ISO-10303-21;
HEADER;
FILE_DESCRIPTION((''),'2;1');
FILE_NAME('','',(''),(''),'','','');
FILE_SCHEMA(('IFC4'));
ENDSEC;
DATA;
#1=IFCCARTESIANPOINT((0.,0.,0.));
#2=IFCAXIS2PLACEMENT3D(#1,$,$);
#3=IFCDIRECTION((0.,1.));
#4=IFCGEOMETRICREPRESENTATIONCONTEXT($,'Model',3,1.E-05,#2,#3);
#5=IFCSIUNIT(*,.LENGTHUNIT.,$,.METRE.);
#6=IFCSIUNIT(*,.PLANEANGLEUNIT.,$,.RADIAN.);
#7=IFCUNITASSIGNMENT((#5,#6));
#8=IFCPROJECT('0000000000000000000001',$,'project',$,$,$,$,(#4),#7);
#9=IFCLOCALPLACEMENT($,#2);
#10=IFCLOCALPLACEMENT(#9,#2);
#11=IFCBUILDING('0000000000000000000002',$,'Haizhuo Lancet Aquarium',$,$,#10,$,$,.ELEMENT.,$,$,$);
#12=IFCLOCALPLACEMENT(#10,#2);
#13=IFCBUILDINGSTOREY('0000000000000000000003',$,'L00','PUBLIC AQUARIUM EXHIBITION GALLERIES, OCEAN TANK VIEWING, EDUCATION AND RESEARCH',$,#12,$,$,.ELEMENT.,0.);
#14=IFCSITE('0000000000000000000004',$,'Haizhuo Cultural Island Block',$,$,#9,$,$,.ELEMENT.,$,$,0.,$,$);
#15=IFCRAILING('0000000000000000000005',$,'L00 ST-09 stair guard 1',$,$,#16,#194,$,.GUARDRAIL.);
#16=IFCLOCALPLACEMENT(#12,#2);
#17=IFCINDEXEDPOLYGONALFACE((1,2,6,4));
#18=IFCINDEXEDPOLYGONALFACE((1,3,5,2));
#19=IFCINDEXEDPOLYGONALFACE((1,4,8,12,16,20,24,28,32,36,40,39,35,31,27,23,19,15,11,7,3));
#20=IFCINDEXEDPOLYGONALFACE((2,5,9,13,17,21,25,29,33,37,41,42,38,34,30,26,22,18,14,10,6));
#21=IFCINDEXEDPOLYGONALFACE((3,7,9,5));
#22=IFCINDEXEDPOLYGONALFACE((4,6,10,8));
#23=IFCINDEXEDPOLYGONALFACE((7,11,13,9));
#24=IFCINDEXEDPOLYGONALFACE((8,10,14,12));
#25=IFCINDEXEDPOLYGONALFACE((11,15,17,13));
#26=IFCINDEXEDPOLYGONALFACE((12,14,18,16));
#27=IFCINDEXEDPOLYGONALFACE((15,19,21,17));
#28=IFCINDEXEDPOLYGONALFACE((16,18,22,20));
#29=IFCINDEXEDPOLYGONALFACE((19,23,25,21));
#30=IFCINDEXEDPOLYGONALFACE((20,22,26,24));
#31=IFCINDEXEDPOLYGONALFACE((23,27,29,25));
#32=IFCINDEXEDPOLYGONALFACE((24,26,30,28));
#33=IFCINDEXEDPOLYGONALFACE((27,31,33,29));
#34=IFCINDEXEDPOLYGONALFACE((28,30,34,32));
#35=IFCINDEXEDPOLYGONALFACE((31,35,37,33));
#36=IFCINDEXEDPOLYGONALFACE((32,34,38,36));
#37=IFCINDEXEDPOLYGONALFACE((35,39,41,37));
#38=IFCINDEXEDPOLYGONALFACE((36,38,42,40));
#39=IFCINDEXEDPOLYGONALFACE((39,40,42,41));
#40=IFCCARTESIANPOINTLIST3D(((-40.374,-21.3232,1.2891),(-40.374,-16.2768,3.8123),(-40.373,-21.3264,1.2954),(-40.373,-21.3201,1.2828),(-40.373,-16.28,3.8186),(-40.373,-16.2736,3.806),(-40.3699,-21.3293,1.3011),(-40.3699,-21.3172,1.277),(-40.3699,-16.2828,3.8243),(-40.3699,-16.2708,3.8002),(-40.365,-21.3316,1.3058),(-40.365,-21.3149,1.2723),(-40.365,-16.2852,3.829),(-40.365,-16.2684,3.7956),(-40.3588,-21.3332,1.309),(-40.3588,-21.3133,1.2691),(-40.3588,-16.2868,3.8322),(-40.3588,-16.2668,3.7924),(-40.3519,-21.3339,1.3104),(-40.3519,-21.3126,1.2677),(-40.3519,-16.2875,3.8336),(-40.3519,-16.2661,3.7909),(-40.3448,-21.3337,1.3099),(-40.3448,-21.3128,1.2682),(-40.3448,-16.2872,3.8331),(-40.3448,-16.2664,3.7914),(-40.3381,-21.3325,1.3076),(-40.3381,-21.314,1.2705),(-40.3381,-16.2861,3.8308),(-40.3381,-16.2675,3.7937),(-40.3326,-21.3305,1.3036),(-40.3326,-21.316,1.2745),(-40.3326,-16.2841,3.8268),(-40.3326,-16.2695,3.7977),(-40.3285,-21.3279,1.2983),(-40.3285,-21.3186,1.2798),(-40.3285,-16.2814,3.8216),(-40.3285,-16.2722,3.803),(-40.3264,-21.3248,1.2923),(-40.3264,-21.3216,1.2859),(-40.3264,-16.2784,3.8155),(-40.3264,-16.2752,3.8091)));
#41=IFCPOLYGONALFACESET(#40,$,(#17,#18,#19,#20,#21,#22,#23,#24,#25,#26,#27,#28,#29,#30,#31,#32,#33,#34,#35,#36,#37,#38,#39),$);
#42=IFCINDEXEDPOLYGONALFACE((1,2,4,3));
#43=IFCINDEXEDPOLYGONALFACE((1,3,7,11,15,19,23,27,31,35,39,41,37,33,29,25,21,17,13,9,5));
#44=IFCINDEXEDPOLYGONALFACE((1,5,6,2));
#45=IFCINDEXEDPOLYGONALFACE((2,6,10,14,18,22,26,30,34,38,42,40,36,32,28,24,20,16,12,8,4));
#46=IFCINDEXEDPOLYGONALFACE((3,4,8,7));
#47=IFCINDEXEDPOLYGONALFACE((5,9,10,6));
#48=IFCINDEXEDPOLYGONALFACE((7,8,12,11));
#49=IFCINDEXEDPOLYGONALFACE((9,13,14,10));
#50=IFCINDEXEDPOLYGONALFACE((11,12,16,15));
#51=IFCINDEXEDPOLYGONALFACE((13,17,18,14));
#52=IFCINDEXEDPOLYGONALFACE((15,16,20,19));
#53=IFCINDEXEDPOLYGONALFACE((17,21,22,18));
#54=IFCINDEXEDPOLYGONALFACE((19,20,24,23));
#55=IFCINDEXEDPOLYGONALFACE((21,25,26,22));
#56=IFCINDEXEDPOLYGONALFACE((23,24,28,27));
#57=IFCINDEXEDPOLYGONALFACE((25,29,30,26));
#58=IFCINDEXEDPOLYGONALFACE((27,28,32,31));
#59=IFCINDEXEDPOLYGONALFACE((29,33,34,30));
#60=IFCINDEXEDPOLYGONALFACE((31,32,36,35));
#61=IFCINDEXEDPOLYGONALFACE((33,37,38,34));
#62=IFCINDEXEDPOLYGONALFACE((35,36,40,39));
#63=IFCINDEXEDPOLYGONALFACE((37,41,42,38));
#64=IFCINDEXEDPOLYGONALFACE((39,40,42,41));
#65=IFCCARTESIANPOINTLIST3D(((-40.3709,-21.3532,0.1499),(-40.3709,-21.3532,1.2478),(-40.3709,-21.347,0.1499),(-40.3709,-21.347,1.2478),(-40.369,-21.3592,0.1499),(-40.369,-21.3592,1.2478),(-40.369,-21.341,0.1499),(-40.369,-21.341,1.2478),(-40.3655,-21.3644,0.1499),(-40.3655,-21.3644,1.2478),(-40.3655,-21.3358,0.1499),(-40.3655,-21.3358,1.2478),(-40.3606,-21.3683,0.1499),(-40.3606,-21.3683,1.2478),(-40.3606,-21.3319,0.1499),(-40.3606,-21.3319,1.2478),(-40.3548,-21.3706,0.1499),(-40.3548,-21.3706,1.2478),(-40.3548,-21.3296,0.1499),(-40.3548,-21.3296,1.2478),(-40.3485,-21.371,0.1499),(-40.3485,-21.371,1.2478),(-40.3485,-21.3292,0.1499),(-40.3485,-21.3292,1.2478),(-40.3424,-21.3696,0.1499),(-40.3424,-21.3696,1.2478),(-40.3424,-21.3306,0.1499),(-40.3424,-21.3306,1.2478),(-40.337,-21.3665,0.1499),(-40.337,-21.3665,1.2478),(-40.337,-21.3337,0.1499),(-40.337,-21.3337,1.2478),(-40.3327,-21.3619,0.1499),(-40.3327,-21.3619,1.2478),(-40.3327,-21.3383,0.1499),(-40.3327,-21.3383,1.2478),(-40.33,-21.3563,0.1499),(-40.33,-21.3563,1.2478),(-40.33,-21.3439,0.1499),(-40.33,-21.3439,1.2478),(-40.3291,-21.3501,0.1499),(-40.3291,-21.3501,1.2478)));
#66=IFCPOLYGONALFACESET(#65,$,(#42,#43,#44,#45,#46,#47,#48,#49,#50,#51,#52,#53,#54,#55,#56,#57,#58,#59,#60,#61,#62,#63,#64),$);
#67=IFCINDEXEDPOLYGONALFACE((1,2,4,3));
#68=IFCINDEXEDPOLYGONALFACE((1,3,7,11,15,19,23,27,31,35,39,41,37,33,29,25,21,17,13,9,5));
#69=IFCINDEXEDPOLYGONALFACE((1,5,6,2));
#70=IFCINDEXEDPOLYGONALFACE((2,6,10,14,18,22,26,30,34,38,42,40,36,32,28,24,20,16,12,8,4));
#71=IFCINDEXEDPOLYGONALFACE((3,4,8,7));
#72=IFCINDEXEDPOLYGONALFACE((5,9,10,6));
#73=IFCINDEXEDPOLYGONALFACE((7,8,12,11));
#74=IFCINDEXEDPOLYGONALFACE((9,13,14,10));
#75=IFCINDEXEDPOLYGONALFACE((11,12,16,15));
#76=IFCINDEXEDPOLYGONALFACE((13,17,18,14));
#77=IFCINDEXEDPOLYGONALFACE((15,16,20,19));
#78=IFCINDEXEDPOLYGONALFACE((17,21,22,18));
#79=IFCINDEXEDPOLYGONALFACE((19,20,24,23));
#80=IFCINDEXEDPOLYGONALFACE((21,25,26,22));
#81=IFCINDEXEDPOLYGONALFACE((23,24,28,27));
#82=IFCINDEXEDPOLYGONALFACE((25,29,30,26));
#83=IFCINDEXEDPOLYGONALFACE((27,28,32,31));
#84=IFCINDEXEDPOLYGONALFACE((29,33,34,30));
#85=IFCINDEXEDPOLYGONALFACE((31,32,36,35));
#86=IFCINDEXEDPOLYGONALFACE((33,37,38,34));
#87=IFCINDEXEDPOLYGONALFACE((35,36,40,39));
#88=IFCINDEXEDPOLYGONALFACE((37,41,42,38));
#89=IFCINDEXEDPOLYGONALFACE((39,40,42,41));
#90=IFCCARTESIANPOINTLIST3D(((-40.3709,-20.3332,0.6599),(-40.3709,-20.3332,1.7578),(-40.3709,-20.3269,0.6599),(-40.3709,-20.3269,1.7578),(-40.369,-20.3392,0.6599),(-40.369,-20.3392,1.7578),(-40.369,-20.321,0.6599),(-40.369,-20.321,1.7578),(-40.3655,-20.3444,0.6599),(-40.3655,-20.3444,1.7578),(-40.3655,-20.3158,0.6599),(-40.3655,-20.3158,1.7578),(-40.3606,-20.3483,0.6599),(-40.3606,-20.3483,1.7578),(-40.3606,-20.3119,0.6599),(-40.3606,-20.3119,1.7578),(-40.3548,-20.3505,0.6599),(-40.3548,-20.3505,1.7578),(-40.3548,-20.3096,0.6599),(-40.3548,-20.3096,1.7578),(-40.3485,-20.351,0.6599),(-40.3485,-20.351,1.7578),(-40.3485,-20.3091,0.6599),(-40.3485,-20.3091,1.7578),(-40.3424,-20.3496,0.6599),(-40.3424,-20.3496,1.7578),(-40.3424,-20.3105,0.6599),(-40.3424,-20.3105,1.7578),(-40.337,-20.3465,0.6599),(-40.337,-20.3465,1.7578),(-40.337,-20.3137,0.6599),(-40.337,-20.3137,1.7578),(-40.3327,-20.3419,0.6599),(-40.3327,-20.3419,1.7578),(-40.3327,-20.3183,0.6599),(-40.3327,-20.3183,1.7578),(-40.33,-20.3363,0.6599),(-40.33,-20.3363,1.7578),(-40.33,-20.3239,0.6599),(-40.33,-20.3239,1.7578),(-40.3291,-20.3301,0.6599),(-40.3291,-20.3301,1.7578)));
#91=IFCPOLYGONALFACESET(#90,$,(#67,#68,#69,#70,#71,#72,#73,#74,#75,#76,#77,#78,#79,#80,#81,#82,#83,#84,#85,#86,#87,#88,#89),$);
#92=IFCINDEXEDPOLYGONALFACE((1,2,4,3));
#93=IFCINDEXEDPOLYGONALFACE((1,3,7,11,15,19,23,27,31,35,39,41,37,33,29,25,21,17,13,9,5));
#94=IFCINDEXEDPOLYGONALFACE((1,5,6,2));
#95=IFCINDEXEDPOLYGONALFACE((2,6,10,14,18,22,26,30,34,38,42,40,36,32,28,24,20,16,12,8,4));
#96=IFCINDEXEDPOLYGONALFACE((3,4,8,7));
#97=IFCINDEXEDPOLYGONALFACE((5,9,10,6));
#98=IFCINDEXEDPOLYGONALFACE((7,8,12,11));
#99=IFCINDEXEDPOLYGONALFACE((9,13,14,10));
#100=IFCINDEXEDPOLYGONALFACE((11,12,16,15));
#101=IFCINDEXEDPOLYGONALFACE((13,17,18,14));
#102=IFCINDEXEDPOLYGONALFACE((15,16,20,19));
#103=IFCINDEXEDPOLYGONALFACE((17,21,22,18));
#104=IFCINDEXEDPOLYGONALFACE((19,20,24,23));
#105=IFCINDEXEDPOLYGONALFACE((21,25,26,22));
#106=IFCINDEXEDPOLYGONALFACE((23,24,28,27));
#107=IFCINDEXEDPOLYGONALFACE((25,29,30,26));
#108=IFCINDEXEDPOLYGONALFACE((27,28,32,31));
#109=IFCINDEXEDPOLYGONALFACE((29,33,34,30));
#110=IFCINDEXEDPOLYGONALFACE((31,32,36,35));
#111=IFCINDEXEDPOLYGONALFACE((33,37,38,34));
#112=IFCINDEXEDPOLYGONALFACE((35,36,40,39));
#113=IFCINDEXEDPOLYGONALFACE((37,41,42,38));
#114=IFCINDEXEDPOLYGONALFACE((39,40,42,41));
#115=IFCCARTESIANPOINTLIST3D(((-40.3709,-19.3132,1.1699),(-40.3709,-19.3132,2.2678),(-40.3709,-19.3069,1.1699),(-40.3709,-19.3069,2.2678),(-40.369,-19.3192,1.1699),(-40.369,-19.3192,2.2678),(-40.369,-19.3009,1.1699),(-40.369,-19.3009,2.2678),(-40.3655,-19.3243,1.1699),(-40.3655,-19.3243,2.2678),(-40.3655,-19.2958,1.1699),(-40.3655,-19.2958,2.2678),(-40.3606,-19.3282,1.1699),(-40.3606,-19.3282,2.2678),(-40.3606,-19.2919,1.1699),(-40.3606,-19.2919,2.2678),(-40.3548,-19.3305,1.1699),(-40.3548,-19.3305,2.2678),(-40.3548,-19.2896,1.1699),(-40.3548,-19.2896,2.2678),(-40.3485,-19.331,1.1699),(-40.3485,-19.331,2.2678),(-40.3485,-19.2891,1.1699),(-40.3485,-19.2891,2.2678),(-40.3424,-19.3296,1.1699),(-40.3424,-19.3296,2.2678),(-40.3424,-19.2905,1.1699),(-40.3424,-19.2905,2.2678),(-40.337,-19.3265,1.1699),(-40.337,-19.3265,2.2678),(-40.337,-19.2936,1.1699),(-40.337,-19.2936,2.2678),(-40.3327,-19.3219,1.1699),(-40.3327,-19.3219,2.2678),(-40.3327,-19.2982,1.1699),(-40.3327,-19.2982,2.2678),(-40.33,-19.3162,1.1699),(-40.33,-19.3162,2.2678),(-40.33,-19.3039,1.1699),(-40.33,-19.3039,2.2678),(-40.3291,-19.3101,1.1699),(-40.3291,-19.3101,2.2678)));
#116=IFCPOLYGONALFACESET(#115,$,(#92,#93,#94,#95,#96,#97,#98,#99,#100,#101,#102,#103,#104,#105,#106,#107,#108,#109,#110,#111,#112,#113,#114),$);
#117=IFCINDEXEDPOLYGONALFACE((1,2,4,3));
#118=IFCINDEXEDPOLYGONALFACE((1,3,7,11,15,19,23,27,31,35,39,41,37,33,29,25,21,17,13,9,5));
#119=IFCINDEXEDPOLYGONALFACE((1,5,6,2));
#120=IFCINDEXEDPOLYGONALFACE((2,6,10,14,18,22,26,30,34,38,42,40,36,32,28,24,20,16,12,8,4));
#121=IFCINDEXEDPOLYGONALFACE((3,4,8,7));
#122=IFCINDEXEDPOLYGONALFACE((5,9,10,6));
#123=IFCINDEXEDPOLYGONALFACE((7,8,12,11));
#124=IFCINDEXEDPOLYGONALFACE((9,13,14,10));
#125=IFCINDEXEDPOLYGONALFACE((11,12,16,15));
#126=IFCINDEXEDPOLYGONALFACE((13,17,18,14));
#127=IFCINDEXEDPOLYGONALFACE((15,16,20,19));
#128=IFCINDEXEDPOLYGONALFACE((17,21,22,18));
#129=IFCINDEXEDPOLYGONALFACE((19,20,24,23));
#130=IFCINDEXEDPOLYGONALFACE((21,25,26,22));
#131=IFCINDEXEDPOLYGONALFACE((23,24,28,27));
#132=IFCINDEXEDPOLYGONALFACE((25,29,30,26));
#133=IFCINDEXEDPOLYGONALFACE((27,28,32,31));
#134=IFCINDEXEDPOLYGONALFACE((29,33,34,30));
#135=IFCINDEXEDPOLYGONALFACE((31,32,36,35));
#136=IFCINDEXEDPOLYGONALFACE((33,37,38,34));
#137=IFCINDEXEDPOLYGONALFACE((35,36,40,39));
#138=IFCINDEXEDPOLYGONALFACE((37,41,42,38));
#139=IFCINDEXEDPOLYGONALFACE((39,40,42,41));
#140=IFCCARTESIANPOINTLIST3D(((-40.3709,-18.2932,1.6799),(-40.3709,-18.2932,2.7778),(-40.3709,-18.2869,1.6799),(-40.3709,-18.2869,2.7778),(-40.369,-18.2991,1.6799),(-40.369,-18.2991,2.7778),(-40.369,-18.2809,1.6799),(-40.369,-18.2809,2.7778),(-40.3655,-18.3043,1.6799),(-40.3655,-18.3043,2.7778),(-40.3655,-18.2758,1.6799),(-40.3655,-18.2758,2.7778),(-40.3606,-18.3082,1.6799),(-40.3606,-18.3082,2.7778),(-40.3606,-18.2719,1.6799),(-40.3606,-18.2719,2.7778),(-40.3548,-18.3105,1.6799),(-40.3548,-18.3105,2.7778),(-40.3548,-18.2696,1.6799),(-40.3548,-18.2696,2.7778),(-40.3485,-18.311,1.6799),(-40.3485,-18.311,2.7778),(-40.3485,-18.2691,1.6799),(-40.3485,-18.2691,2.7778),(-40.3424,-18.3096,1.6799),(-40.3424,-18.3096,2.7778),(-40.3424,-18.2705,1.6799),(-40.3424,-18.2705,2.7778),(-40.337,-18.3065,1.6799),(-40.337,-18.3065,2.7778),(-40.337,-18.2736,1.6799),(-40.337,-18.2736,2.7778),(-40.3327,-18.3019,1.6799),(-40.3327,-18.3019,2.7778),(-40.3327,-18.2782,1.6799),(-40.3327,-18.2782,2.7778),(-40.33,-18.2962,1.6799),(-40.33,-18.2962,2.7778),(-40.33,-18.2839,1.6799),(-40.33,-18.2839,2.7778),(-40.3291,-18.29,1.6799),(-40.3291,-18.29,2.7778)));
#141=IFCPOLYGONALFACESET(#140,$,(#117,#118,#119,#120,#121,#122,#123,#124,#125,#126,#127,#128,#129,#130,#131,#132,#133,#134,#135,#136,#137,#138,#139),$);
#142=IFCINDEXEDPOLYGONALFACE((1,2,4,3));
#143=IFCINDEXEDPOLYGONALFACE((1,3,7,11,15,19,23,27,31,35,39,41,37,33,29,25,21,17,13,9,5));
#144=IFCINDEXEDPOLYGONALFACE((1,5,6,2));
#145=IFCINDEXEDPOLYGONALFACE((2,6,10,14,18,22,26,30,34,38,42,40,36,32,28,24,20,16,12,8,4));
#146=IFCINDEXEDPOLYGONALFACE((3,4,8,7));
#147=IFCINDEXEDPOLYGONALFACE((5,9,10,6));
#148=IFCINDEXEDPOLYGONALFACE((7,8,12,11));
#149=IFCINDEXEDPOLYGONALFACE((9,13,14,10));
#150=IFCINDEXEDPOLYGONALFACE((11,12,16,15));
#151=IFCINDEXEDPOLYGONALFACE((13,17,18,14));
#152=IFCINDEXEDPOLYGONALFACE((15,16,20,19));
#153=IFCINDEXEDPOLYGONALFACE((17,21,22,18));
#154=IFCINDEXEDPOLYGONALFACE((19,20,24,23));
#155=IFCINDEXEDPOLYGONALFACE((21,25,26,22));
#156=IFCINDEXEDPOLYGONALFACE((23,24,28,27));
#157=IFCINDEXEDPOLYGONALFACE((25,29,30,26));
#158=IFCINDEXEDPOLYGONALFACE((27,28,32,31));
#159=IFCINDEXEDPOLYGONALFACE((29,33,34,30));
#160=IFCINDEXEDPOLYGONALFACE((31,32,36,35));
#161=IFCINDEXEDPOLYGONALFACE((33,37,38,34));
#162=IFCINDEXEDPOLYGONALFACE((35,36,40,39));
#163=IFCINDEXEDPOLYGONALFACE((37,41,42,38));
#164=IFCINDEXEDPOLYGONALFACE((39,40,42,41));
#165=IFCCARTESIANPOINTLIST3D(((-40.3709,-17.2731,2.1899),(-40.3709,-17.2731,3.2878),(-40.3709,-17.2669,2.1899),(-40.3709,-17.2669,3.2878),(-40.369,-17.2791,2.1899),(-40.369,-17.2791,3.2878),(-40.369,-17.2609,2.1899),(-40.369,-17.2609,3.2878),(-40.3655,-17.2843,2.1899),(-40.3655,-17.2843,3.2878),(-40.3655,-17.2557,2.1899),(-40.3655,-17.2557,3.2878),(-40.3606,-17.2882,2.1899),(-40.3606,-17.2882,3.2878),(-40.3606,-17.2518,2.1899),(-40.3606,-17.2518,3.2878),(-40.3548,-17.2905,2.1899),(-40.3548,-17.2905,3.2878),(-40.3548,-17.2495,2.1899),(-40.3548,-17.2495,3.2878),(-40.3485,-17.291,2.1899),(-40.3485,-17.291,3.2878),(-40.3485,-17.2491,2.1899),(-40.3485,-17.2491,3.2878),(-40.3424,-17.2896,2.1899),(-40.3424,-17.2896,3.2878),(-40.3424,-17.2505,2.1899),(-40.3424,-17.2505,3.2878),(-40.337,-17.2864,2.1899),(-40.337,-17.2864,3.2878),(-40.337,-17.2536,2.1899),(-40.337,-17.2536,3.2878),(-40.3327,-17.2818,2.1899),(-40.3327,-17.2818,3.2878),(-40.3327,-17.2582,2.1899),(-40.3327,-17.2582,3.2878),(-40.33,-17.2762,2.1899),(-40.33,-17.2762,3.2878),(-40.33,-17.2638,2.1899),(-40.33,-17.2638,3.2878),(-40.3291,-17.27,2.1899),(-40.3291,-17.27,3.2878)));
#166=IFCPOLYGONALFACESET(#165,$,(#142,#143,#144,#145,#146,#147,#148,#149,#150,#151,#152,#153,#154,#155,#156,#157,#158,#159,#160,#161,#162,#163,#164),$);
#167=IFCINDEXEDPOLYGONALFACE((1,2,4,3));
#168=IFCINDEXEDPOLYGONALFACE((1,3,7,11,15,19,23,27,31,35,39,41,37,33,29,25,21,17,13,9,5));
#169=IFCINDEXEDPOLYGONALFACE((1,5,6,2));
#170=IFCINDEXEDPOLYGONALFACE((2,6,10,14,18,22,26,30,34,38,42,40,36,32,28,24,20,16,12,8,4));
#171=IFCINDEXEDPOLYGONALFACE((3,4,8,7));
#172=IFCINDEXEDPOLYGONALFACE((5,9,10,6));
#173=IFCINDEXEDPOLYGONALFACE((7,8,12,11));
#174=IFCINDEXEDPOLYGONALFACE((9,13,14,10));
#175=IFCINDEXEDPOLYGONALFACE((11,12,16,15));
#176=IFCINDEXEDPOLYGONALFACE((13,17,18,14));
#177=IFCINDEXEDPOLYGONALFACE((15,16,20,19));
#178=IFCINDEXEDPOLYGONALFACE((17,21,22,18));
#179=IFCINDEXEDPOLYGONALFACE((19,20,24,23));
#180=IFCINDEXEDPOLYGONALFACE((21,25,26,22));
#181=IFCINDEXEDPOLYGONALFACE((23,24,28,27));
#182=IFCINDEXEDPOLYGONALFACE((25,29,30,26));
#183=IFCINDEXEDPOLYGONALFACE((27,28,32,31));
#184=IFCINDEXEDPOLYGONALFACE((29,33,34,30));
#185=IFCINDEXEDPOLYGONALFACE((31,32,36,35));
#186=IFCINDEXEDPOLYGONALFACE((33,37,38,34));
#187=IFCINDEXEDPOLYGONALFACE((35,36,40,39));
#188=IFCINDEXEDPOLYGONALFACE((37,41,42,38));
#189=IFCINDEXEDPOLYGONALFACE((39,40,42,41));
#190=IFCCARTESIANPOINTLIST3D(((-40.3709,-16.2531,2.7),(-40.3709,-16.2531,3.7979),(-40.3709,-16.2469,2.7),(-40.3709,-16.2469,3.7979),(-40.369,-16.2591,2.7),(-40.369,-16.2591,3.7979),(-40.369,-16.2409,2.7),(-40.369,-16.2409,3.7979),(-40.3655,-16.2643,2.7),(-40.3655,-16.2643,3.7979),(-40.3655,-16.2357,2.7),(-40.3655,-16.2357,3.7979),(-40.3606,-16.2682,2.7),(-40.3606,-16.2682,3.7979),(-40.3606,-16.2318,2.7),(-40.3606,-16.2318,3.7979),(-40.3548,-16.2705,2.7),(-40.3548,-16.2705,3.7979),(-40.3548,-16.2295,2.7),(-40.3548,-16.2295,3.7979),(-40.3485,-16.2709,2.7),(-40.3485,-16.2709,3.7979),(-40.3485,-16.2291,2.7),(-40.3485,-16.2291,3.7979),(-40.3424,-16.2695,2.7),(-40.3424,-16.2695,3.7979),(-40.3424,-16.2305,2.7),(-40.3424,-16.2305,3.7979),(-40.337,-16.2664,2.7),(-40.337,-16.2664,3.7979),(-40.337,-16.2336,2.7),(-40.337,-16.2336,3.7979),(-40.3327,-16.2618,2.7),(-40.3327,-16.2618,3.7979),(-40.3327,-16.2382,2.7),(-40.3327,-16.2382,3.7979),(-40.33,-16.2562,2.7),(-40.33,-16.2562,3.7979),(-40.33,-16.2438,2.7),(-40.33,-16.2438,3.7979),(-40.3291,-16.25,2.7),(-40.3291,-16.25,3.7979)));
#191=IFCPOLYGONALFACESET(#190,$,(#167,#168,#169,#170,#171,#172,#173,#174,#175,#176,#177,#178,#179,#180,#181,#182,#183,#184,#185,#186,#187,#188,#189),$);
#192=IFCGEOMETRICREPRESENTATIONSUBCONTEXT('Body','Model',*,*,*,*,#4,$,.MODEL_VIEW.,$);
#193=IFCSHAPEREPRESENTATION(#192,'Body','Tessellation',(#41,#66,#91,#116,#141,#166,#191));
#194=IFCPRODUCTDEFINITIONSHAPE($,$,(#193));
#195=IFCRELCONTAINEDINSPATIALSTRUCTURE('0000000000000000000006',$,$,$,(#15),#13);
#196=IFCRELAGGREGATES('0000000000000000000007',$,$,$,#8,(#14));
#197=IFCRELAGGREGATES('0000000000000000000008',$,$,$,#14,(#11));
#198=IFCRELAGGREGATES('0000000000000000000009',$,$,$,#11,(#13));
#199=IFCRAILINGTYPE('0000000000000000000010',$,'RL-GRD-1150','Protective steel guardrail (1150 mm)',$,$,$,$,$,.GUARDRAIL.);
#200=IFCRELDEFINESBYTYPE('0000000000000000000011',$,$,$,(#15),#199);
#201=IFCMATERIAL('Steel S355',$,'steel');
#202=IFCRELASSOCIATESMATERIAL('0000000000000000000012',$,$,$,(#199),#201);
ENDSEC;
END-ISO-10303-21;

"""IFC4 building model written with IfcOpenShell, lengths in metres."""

from ifc_helpers import new_model, si_unit, direction, frame, origin, origin_2d, place, context, subcontext, project, spatial, circle, extrude, material, type_object, element, save


model = new_model("IFC4")

# Units and contexts
model_context = context("Model", 3, precision=1e-05, world=origin(), true_north=direction((0.0, 1.0)))
body_context = subcontext(model_context, "Body", "Model", "MODEL_VIEW")
ifc_project = project(units=[si_unit("LENGTHUNIT", "METRE"), si_unit("PLANEANGLEUNIT", "RADIAN")], contexts=[model_context])

# Site, building, storey
site_placement = place(None, origin())
site = spatial("IfcSite", under=ifc_project, at=site_placement, Name="Haizhuo Cultural Island Block", CompositionType="ELEMENT", RefElevation=0.0)
building_placement = place(site_placement, origin())
building = spatial("IfcBuilding", under=site, at=building_placement, Name="Haizhuo Lancet Aquarium", CompositionType="ELEMENT")
storey_placement = place(building_placement, origin())
storey = spatial("IfcBuildingStorey", under=building, at=storey_placement, Name="L00", Description="PUBLIC AQUARIUM EXHIBITION GALLERIES, OCEAN TANK VIEWING, EDUCATION AND RESEARCH", CompositionType="ELEMENT", Elevation=0.0)

# Shared definitions
ifc_material_1 = material(Name="Steel S355", Category="steel")

# Railing
railing_type_1 = type_object("IfcRailingType", Name="RL-GRD-1150", Description="Protective steel guardrail (1150 mm)", PredefinedType="GUARDRAIL", material=ifc_material_1)
railing_1_placement = place(storey_placement, frame((-40.3501, -21.3501, 0.1499)))
element("IfcRailing", 1, at=railing_1_placement, inside=storey, type_object=railing_type_1, Name="L00 ST-09 stair guard 1", PredefinedType="GUARDRAIL", context=body_context, shape_type="SweptSolid", body=[
    extrude(circle(Radius=0.0239, at=origin_2d()), frame((0.0, 0.0269, 1.1392), z_axis=(0.0, 0.894427, 0.447214), x_axis=(-1.0, 0.0, 0.0)), (0.0, 0.0, 1.0), 5.6421),
    extrude(circle(Radius=0.021, at=origin_2d()), origin(), (0.0, 0.0, 1.0), 1.0979),
    extrude(circle(Radius=0.021, at=origin_2d()), frame((0.0, 1.02, 0.51)), (0.0, 0.0, 1.0), 1.0979),
    extrude(circle(Radius=0.021, at=origin_2d()), frame((0.0, 2.04, 1.02)), (0.0, 0.0, 1.0), 1.0979),
    extrude(circle(Radius=0.021, at=origin_2d()), frame((0.0, 3.0601, 1.53)), (0.0, 0.0, 1.0), 1.0979),
    extrude(circle(Radius=0.021, at=origin_2d()), frame((0.0, 4.0801, 2.04)), (0.0, 0.0, 1.0), 1.0979),
    extrude(circle(Radius=0.021, at=origin_2d()), frame((0.0, 5.1001, 2.55)), (0.0, 0.0, 1.0), 1.0979),
])

save(model, "model.ifc")
